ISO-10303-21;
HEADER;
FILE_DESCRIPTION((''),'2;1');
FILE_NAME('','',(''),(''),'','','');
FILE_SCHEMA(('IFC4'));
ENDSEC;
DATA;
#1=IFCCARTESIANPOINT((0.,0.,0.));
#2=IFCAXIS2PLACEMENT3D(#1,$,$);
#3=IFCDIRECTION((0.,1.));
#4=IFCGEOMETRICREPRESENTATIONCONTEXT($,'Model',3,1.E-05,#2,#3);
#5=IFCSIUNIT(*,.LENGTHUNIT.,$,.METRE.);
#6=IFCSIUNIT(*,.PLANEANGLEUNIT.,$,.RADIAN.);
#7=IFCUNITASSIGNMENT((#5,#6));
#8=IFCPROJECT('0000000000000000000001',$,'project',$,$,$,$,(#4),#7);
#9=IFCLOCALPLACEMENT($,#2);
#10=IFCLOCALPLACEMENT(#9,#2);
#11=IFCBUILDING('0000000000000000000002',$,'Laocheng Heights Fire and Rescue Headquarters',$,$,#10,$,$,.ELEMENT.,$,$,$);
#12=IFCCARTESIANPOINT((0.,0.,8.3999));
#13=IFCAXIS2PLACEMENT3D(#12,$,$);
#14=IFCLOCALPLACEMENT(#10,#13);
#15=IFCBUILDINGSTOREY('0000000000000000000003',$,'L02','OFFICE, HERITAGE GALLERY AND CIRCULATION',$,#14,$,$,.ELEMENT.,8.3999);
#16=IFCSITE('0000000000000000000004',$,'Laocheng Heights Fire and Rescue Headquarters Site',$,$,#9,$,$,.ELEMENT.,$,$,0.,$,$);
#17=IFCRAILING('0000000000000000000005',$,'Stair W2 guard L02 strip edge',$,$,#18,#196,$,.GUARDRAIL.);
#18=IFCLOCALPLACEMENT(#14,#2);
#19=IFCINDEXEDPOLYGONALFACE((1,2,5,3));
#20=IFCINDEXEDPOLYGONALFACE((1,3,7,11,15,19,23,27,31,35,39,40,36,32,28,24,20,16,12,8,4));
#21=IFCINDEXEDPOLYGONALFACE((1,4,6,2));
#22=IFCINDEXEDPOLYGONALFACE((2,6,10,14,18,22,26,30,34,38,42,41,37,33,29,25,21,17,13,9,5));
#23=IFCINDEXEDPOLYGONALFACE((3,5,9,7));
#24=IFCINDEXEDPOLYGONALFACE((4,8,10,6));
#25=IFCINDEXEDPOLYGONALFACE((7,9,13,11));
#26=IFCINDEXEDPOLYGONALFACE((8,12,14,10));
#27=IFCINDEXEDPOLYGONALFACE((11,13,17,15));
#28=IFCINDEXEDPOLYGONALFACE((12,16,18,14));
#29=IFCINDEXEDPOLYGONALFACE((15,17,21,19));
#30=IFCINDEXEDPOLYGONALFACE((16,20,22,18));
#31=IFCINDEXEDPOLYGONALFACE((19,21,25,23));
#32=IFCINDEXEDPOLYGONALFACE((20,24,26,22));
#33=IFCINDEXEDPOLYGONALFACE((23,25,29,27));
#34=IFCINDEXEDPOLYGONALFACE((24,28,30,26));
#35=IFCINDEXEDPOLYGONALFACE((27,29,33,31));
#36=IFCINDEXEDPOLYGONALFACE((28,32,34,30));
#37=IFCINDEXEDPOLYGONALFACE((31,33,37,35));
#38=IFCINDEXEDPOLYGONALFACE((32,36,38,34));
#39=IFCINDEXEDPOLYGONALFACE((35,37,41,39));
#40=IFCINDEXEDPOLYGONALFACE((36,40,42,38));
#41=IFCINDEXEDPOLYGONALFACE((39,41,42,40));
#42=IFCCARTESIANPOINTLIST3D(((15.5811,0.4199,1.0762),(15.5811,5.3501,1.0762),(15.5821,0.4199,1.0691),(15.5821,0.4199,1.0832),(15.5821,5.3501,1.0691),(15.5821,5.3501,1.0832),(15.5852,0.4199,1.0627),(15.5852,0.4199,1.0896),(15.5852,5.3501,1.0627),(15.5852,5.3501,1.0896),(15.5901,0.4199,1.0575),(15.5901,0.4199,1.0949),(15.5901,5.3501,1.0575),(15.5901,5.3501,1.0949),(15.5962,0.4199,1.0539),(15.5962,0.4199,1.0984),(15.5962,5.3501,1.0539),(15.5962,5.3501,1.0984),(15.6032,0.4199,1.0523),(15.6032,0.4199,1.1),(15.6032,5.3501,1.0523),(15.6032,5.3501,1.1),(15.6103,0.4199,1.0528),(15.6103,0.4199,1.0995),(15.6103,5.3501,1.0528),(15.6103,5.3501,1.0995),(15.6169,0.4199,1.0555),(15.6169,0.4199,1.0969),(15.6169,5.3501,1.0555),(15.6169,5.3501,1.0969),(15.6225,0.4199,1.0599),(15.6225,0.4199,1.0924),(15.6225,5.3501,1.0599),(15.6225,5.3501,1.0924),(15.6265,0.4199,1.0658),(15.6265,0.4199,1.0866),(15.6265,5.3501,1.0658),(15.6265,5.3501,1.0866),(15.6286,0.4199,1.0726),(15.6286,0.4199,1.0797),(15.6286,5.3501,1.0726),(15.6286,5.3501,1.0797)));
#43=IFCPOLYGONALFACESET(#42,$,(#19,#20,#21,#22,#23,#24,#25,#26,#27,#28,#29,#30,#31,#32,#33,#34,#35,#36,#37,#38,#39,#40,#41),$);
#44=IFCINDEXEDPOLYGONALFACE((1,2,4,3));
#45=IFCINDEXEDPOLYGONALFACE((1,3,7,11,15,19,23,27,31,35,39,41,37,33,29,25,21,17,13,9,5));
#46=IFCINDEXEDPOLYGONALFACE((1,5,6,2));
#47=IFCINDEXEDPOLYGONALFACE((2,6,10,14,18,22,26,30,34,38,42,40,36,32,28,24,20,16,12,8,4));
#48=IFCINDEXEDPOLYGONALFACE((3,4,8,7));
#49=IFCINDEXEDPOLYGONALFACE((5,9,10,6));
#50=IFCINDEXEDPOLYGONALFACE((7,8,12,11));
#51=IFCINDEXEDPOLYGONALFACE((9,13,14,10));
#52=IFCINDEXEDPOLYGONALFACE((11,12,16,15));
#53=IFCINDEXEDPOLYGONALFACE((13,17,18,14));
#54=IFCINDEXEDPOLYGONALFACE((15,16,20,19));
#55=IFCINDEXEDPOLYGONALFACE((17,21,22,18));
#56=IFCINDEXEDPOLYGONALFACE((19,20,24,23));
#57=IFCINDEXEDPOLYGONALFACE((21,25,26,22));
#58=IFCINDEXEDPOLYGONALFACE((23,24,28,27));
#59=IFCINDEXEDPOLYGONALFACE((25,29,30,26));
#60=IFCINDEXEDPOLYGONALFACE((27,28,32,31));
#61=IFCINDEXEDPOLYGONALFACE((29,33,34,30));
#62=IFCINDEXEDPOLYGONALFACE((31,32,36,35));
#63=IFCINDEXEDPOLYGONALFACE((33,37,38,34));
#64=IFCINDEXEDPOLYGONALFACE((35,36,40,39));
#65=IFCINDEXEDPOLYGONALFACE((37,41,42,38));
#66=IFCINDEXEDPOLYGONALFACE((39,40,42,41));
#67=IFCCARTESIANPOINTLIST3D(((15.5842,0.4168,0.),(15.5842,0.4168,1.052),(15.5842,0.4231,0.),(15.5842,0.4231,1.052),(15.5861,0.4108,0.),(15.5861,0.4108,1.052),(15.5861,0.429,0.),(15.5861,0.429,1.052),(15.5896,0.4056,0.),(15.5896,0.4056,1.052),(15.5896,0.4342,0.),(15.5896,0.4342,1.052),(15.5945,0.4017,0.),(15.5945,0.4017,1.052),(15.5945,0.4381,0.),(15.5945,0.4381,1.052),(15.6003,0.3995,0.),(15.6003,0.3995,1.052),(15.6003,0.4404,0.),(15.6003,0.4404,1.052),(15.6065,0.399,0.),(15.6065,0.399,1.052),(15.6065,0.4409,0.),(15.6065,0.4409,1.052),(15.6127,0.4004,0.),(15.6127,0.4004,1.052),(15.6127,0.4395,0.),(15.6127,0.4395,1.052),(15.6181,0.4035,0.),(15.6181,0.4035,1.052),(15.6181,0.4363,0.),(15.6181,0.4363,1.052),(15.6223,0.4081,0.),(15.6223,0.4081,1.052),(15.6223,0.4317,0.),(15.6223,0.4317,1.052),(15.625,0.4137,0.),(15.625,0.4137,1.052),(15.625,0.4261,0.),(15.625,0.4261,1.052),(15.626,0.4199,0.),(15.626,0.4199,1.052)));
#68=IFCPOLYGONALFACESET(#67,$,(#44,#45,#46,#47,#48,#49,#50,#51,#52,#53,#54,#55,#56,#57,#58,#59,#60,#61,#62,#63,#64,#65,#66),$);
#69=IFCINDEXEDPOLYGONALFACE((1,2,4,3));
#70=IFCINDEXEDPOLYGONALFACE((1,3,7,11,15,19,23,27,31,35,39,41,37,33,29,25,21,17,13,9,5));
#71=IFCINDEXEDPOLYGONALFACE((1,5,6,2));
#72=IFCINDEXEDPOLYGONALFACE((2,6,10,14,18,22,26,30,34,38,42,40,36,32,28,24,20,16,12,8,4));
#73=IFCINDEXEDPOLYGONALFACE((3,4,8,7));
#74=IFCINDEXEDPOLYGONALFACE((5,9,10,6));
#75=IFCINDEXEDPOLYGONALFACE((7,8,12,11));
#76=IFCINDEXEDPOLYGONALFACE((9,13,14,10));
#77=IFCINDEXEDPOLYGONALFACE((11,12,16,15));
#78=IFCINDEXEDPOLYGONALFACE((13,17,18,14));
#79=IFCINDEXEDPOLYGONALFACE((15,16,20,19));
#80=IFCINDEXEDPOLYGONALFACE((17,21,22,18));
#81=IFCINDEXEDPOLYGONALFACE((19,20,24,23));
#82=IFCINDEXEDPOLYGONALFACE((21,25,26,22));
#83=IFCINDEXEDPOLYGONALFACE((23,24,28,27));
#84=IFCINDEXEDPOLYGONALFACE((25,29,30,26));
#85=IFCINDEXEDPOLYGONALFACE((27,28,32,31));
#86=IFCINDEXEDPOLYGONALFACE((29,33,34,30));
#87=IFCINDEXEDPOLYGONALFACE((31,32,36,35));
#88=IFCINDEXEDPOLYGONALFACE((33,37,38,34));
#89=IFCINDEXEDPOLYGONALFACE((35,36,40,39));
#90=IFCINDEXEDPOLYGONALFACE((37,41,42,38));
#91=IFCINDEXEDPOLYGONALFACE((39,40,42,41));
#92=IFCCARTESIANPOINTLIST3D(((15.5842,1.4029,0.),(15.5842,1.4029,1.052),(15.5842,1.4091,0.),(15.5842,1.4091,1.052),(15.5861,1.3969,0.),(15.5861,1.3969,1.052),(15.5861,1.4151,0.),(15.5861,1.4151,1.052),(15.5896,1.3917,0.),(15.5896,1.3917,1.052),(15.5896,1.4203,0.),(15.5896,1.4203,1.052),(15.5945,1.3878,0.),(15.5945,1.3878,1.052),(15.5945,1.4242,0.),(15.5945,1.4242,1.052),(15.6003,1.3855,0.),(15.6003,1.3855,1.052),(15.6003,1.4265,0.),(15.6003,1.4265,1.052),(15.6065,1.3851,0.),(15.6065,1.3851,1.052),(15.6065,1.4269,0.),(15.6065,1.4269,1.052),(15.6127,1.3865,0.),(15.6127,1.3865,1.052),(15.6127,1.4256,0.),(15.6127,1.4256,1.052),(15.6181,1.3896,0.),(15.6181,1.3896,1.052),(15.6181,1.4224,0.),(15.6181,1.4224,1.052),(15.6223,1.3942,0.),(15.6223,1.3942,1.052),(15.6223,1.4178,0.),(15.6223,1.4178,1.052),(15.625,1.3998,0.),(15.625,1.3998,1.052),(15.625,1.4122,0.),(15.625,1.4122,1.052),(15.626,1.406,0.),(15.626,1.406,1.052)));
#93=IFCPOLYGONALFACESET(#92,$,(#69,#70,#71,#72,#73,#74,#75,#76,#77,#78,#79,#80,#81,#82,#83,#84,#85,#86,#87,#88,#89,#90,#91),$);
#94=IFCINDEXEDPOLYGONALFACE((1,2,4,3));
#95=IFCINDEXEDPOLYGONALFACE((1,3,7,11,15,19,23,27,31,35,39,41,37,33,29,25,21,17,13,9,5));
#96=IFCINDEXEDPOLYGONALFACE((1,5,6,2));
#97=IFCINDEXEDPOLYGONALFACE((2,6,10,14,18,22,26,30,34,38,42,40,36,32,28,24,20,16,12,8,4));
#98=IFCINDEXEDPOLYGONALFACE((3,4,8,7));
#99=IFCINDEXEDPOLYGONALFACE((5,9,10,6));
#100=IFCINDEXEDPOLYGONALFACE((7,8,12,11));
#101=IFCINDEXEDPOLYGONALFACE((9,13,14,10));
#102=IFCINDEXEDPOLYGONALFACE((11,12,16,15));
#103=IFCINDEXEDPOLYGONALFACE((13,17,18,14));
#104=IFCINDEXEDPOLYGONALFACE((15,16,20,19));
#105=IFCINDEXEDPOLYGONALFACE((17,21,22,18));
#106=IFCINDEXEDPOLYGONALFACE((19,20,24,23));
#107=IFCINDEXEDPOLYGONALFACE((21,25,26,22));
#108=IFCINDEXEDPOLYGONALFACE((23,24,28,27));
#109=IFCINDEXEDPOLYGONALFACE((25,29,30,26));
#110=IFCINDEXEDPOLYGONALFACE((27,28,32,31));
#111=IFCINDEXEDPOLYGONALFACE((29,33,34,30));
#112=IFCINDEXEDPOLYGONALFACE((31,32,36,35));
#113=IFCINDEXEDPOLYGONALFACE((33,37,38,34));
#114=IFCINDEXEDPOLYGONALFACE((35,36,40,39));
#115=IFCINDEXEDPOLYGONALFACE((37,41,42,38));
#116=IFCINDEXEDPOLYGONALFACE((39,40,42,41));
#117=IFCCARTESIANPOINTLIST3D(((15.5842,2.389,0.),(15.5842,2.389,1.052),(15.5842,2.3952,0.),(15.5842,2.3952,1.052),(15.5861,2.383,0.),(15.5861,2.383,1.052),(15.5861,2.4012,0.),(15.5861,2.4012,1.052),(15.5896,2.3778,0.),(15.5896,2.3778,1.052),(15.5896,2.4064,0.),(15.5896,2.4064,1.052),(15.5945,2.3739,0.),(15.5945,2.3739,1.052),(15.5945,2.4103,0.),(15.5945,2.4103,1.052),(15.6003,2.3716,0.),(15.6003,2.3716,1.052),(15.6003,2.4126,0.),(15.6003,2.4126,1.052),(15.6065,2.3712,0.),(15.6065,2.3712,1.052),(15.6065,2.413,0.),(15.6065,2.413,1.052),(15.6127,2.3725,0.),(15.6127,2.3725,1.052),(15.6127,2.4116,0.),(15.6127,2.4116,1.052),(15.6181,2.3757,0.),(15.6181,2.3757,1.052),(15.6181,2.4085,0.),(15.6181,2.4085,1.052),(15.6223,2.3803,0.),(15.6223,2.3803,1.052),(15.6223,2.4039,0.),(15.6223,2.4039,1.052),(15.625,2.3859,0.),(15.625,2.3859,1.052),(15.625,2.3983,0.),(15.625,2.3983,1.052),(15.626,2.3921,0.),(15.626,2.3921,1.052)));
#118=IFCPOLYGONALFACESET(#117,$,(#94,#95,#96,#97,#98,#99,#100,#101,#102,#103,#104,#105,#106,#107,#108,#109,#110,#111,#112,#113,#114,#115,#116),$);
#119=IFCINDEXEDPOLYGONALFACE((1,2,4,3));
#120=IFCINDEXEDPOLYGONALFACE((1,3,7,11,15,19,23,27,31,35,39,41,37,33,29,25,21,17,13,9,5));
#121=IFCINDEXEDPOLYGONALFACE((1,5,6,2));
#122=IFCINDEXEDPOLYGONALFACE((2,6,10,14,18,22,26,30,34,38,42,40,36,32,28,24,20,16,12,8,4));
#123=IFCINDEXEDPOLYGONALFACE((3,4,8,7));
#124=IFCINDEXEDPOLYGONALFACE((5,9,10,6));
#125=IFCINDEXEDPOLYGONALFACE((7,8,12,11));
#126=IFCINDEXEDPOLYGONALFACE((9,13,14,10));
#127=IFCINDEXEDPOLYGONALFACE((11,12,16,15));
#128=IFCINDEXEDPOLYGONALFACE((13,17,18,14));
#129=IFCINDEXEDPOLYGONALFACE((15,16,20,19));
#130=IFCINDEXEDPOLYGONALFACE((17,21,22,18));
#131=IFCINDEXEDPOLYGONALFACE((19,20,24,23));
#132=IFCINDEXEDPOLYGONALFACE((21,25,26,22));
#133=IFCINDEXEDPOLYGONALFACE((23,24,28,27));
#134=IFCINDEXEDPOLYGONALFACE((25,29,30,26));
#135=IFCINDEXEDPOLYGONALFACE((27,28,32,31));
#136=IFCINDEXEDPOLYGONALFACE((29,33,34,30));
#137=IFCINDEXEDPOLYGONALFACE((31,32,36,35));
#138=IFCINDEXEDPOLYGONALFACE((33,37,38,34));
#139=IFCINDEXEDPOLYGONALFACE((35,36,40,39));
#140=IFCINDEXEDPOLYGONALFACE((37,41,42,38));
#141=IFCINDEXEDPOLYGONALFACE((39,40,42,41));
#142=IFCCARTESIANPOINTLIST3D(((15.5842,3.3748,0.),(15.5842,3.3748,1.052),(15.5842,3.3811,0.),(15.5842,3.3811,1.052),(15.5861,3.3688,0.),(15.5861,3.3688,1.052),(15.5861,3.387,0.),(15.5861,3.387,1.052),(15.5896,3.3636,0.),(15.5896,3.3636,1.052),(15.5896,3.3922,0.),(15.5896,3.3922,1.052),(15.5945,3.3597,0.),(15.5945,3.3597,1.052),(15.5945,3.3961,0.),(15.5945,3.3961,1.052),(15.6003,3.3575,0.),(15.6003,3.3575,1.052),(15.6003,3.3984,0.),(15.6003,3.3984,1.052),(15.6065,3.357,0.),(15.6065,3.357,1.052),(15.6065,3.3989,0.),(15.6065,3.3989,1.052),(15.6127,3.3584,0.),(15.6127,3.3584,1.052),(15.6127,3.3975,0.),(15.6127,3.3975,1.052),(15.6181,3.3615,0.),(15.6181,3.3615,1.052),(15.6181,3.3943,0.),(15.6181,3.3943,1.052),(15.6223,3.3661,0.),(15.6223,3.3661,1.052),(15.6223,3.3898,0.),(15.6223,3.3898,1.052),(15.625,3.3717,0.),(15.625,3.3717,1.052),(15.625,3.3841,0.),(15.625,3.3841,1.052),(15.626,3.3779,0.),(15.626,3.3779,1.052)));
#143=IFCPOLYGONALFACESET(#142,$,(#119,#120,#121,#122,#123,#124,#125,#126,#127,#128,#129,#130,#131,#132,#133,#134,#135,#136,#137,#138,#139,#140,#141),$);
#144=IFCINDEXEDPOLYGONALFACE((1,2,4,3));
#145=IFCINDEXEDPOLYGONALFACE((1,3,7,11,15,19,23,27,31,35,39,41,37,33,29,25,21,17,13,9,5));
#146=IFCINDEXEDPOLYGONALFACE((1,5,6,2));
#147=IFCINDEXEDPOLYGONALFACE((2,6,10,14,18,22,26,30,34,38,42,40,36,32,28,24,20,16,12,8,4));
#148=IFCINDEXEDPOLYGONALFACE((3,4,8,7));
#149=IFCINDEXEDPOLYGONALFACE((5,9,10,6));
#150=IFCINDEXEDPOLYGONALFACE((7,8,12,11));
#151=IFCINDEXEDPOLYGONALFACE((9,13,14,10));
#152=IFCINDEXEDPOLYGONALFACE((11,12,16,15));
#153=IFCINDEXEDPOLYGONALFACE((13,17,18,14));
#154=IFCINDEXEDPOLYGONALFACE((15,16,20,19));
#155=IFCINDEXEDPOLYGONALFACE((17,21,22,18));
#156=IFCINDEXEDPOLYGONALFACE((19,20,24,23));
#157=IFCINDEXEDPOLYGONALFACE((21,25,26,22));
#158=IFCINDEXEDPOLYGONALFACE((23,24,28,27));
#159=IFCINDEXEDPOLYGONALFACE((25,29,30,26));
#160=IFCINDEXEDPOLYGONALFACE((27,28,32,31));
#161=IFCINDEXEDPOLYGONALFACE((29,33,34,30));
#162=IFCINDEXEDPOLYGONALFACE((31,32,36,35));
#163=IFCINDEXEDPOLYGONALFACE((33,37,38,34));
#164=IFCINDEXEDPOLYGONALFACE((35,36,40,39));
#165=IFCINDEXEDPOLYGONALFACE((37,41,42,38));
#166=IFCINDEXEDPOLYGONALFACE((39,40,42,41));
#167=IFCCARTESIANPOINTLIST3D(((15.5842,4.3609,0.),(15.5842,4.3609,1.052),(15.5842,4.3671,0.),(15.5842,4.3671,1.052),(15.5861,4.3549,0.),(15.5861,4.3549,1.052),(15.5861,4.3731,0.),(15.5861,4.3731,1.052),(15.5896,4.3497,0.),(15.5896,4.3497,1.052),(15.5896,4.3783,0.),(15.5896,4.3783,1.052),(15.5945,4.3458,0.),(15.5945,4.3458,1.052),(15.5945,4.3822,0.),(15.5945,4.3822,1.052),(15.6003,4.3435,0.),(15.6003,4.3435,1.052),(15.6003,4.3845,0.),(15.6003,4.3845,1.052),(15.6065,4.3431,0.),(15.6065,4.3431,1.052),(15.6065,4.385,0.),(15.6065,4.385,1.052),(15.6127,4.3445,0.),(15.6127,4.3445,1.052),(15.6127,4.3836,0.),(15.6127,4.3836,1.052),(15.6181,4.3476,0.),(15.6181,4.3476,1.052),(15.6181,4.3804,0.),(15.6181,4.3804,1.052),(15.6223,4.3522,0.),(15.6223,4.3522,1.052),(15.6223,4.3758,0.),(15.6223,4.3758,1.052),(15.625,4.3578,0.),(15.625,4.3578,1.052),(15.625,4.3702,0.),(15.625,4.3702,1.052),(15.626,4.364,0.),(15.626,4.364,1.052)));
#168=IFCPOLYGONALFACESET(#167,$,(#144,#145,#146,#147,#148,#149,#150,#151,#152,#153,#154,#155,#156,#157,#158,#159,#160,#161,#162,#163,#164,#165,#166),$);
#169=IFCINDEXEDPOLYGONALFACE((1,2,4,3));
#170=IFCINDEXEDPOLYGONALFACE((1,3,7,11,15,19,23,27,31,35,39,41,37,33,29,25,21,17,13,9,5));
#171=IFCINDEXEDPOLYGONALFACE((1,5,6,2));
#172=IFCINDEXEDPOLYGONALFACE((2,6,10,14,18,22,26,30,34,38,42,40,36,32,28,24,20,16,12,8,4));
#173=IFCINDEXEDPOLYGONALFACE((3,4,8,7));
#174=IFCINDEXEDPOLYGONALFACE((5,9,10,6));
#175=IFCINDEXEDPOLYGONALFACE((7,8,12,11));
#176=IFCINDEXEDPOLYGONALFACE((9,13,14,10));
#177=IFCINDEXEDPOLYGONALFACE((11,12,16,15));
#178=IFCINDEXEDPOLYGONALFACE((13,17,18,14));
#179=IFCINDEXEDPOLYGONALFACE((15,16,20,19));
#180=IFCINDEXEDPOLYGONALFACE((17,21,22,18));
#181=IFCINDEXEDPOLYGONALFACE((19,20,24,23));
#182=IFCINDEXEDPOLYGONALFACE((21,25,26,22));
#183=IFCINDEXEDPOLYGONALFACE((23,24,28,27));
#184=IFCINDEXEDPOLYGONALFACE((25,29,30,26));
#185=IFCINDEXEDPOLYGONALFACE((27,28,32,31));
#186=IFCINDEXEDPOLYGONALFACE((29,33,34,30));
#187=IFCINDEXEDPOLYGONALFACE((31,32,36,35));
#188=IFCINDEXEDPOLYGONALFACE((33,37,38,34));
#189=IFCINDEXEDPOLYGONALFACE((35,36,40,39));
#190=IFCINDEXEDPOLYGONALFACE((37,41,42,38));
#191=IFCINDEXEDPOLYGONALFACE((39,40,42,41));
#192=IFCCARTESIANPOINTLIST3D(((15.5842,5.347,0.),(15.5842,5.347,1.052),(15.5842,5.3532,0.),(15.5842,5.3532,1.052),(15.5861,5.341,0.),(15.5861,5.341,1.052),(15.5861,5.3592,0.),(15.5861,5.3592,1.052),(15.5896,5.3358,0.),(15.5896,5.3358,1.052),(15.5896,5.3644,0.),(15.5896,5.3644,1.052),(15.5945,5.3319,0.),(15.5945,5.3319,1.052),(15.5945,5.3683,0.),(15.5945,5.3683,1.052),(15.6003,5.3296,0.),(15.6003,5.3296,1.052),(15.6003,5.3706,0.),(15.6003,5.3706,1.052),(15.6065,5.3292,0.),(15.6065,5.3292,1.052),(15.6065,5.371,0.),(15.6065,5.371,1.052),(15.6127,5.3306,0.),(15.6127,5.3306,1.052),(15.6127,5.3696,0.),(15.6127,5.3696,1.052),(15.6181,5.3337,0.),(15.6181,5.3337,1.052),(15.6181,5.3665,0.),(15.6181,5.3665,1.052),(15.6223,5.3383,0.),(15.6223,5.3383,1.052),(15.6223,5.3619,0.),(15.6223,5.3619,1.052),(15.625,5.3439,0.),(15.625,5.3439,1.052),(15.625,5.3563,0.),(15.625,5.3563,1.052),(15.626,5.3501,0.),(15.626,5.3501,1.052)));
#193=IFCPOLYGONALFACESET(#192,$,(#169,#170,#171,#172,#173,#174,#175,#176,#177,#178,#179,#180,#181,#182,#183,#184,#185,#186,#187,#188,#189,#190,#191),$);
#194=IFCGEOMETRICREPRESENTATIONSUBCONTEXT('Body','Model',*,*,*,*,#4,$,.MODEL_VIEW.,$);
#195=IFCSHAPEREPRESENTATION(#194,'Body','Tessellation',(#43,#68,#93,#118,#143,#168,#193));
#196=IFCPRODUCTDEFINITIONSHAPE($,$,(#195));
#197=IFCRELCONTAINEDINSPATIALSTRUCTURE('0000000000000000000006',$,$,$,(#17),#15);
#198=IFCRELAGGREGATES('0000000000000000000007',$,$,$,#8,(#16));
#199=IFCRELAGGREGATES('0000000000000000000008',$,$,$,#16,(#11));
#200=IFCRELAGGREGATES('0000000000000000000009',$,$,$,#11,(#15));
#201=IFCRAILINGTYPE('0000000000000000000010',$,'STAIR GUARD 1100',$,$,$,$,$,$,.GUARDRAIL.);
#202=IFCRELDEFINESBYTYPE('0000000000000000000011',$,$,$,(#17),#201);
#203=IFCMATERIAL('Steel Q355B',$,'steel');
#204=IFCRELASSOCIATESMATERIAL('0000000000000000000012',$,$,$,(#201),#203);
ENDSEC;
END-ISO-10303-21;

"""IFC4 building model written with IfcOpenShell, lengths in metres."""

from ifc_helpers import new_model, si_unit, direction, frame, origin, origin_2d, place, context, subcontext, project, spatial, circle, extrude, material, type_object, element, save


model = new_model("IFC4")

# Units and contexts
model_context = context("Model", 3, precision=1e-05, world=origin(), true_north=direction((0.0, 1.0)))
body_context = subcontext(model_context, "Body", "Model", "MODEL_VIEW")
ifc_project = project(units=[si_unit("LENGTHUNIT", "METRE"), si_unit("PLANEANGLEUNIT", "RADIAN")], contexts=[model_context])

# Site, building, storey
site_placement = place(None, origin())
site = spatial("IfcSite", under=ifc_project, at=site_placement, Name="Laocheng Heights Fire and Rescue Headquarters Site", CompositionType="ELEMENT", RefElevation=0.0)
building_placement = place(site_placement, origin())
building = spatial("IfcBuilding", under=site, at=building_placement, Name="Laocheng Heights Fire and Rescue Headquarters", CompositionType="ELEMENT")
storey_placement = place(building_placement, frame((0.0, 0.0, 8.3999)))
storey = spatial("IfcBuildingStorey", under=building, at=storey_placement, Name="L02", Description="OFFICE, HERITAGE GALLERY AND CIRCULATION", CompositionType="ELEMENT", Elevation=8.3999)

# Railing
ifc_material_1 = material(Name="Steel Q355B", Category="steel")
railing_type_1 = type_object("IfcRailingType", Name="STAIR GUARD 1100", PredefinedType="GUARDRAIL", material=ifc_material_1)
railing_1_placement = place(storey_placement, frame((15.605, 0.4199, 0.0)))
element("IfcRailing", 1, at=railing_1_placement, inside=storey, type_object=railing_type_1, Name="Stair W2 guard L02 strip edge", PredefinedType="GUARDRAIL", context=body_context, shape_type="SweptSolid", body=[
    extrude(circle(Radius=0.0239, at=origin_2d()), frame((0.0, 0.0, 1.0762), z_axis=(0.0, 1.0, 0.0), x_axis=(-1.0, 0.0, 0.0)), (0.0, 0.0, 1.0), 4.9302),
    extrude(circle(Radius=0.021, at=origin_2d()), origin(), (0.0, 0.0, 1.0), 1.052),
    extrude(circle(Radius=0.021, at=origin_2d()), frame((0.0, 0.9861, 0.0)), (0.0, 0.0, 1.0), 1.052),
    extrude(circle(Radius=0.021, at=origin_2d()), frame((0.0, 1.9722, 0.0)), (0.0, 0.0, 1.0), 1.052),
    extrude(circle(Radius=0.021, at=origin_2d()), frame((0.0, 2.958, 0.0)), (0.0, 0.0, 1.0), 1.052),
    extrude(circle(Radius=0.021, at=origin_2d()), frame((0.0, 3.9441, 0.0)), (0.0, 0.0, 1.0), 1.052),
    extrude(circle(Radius=0.021, at=origin_2d()), frame((0.0, 4.9302, 0.0)), (0.0, 0.0, 1.0), 1.052),
])

save(model, "model.ifc")
